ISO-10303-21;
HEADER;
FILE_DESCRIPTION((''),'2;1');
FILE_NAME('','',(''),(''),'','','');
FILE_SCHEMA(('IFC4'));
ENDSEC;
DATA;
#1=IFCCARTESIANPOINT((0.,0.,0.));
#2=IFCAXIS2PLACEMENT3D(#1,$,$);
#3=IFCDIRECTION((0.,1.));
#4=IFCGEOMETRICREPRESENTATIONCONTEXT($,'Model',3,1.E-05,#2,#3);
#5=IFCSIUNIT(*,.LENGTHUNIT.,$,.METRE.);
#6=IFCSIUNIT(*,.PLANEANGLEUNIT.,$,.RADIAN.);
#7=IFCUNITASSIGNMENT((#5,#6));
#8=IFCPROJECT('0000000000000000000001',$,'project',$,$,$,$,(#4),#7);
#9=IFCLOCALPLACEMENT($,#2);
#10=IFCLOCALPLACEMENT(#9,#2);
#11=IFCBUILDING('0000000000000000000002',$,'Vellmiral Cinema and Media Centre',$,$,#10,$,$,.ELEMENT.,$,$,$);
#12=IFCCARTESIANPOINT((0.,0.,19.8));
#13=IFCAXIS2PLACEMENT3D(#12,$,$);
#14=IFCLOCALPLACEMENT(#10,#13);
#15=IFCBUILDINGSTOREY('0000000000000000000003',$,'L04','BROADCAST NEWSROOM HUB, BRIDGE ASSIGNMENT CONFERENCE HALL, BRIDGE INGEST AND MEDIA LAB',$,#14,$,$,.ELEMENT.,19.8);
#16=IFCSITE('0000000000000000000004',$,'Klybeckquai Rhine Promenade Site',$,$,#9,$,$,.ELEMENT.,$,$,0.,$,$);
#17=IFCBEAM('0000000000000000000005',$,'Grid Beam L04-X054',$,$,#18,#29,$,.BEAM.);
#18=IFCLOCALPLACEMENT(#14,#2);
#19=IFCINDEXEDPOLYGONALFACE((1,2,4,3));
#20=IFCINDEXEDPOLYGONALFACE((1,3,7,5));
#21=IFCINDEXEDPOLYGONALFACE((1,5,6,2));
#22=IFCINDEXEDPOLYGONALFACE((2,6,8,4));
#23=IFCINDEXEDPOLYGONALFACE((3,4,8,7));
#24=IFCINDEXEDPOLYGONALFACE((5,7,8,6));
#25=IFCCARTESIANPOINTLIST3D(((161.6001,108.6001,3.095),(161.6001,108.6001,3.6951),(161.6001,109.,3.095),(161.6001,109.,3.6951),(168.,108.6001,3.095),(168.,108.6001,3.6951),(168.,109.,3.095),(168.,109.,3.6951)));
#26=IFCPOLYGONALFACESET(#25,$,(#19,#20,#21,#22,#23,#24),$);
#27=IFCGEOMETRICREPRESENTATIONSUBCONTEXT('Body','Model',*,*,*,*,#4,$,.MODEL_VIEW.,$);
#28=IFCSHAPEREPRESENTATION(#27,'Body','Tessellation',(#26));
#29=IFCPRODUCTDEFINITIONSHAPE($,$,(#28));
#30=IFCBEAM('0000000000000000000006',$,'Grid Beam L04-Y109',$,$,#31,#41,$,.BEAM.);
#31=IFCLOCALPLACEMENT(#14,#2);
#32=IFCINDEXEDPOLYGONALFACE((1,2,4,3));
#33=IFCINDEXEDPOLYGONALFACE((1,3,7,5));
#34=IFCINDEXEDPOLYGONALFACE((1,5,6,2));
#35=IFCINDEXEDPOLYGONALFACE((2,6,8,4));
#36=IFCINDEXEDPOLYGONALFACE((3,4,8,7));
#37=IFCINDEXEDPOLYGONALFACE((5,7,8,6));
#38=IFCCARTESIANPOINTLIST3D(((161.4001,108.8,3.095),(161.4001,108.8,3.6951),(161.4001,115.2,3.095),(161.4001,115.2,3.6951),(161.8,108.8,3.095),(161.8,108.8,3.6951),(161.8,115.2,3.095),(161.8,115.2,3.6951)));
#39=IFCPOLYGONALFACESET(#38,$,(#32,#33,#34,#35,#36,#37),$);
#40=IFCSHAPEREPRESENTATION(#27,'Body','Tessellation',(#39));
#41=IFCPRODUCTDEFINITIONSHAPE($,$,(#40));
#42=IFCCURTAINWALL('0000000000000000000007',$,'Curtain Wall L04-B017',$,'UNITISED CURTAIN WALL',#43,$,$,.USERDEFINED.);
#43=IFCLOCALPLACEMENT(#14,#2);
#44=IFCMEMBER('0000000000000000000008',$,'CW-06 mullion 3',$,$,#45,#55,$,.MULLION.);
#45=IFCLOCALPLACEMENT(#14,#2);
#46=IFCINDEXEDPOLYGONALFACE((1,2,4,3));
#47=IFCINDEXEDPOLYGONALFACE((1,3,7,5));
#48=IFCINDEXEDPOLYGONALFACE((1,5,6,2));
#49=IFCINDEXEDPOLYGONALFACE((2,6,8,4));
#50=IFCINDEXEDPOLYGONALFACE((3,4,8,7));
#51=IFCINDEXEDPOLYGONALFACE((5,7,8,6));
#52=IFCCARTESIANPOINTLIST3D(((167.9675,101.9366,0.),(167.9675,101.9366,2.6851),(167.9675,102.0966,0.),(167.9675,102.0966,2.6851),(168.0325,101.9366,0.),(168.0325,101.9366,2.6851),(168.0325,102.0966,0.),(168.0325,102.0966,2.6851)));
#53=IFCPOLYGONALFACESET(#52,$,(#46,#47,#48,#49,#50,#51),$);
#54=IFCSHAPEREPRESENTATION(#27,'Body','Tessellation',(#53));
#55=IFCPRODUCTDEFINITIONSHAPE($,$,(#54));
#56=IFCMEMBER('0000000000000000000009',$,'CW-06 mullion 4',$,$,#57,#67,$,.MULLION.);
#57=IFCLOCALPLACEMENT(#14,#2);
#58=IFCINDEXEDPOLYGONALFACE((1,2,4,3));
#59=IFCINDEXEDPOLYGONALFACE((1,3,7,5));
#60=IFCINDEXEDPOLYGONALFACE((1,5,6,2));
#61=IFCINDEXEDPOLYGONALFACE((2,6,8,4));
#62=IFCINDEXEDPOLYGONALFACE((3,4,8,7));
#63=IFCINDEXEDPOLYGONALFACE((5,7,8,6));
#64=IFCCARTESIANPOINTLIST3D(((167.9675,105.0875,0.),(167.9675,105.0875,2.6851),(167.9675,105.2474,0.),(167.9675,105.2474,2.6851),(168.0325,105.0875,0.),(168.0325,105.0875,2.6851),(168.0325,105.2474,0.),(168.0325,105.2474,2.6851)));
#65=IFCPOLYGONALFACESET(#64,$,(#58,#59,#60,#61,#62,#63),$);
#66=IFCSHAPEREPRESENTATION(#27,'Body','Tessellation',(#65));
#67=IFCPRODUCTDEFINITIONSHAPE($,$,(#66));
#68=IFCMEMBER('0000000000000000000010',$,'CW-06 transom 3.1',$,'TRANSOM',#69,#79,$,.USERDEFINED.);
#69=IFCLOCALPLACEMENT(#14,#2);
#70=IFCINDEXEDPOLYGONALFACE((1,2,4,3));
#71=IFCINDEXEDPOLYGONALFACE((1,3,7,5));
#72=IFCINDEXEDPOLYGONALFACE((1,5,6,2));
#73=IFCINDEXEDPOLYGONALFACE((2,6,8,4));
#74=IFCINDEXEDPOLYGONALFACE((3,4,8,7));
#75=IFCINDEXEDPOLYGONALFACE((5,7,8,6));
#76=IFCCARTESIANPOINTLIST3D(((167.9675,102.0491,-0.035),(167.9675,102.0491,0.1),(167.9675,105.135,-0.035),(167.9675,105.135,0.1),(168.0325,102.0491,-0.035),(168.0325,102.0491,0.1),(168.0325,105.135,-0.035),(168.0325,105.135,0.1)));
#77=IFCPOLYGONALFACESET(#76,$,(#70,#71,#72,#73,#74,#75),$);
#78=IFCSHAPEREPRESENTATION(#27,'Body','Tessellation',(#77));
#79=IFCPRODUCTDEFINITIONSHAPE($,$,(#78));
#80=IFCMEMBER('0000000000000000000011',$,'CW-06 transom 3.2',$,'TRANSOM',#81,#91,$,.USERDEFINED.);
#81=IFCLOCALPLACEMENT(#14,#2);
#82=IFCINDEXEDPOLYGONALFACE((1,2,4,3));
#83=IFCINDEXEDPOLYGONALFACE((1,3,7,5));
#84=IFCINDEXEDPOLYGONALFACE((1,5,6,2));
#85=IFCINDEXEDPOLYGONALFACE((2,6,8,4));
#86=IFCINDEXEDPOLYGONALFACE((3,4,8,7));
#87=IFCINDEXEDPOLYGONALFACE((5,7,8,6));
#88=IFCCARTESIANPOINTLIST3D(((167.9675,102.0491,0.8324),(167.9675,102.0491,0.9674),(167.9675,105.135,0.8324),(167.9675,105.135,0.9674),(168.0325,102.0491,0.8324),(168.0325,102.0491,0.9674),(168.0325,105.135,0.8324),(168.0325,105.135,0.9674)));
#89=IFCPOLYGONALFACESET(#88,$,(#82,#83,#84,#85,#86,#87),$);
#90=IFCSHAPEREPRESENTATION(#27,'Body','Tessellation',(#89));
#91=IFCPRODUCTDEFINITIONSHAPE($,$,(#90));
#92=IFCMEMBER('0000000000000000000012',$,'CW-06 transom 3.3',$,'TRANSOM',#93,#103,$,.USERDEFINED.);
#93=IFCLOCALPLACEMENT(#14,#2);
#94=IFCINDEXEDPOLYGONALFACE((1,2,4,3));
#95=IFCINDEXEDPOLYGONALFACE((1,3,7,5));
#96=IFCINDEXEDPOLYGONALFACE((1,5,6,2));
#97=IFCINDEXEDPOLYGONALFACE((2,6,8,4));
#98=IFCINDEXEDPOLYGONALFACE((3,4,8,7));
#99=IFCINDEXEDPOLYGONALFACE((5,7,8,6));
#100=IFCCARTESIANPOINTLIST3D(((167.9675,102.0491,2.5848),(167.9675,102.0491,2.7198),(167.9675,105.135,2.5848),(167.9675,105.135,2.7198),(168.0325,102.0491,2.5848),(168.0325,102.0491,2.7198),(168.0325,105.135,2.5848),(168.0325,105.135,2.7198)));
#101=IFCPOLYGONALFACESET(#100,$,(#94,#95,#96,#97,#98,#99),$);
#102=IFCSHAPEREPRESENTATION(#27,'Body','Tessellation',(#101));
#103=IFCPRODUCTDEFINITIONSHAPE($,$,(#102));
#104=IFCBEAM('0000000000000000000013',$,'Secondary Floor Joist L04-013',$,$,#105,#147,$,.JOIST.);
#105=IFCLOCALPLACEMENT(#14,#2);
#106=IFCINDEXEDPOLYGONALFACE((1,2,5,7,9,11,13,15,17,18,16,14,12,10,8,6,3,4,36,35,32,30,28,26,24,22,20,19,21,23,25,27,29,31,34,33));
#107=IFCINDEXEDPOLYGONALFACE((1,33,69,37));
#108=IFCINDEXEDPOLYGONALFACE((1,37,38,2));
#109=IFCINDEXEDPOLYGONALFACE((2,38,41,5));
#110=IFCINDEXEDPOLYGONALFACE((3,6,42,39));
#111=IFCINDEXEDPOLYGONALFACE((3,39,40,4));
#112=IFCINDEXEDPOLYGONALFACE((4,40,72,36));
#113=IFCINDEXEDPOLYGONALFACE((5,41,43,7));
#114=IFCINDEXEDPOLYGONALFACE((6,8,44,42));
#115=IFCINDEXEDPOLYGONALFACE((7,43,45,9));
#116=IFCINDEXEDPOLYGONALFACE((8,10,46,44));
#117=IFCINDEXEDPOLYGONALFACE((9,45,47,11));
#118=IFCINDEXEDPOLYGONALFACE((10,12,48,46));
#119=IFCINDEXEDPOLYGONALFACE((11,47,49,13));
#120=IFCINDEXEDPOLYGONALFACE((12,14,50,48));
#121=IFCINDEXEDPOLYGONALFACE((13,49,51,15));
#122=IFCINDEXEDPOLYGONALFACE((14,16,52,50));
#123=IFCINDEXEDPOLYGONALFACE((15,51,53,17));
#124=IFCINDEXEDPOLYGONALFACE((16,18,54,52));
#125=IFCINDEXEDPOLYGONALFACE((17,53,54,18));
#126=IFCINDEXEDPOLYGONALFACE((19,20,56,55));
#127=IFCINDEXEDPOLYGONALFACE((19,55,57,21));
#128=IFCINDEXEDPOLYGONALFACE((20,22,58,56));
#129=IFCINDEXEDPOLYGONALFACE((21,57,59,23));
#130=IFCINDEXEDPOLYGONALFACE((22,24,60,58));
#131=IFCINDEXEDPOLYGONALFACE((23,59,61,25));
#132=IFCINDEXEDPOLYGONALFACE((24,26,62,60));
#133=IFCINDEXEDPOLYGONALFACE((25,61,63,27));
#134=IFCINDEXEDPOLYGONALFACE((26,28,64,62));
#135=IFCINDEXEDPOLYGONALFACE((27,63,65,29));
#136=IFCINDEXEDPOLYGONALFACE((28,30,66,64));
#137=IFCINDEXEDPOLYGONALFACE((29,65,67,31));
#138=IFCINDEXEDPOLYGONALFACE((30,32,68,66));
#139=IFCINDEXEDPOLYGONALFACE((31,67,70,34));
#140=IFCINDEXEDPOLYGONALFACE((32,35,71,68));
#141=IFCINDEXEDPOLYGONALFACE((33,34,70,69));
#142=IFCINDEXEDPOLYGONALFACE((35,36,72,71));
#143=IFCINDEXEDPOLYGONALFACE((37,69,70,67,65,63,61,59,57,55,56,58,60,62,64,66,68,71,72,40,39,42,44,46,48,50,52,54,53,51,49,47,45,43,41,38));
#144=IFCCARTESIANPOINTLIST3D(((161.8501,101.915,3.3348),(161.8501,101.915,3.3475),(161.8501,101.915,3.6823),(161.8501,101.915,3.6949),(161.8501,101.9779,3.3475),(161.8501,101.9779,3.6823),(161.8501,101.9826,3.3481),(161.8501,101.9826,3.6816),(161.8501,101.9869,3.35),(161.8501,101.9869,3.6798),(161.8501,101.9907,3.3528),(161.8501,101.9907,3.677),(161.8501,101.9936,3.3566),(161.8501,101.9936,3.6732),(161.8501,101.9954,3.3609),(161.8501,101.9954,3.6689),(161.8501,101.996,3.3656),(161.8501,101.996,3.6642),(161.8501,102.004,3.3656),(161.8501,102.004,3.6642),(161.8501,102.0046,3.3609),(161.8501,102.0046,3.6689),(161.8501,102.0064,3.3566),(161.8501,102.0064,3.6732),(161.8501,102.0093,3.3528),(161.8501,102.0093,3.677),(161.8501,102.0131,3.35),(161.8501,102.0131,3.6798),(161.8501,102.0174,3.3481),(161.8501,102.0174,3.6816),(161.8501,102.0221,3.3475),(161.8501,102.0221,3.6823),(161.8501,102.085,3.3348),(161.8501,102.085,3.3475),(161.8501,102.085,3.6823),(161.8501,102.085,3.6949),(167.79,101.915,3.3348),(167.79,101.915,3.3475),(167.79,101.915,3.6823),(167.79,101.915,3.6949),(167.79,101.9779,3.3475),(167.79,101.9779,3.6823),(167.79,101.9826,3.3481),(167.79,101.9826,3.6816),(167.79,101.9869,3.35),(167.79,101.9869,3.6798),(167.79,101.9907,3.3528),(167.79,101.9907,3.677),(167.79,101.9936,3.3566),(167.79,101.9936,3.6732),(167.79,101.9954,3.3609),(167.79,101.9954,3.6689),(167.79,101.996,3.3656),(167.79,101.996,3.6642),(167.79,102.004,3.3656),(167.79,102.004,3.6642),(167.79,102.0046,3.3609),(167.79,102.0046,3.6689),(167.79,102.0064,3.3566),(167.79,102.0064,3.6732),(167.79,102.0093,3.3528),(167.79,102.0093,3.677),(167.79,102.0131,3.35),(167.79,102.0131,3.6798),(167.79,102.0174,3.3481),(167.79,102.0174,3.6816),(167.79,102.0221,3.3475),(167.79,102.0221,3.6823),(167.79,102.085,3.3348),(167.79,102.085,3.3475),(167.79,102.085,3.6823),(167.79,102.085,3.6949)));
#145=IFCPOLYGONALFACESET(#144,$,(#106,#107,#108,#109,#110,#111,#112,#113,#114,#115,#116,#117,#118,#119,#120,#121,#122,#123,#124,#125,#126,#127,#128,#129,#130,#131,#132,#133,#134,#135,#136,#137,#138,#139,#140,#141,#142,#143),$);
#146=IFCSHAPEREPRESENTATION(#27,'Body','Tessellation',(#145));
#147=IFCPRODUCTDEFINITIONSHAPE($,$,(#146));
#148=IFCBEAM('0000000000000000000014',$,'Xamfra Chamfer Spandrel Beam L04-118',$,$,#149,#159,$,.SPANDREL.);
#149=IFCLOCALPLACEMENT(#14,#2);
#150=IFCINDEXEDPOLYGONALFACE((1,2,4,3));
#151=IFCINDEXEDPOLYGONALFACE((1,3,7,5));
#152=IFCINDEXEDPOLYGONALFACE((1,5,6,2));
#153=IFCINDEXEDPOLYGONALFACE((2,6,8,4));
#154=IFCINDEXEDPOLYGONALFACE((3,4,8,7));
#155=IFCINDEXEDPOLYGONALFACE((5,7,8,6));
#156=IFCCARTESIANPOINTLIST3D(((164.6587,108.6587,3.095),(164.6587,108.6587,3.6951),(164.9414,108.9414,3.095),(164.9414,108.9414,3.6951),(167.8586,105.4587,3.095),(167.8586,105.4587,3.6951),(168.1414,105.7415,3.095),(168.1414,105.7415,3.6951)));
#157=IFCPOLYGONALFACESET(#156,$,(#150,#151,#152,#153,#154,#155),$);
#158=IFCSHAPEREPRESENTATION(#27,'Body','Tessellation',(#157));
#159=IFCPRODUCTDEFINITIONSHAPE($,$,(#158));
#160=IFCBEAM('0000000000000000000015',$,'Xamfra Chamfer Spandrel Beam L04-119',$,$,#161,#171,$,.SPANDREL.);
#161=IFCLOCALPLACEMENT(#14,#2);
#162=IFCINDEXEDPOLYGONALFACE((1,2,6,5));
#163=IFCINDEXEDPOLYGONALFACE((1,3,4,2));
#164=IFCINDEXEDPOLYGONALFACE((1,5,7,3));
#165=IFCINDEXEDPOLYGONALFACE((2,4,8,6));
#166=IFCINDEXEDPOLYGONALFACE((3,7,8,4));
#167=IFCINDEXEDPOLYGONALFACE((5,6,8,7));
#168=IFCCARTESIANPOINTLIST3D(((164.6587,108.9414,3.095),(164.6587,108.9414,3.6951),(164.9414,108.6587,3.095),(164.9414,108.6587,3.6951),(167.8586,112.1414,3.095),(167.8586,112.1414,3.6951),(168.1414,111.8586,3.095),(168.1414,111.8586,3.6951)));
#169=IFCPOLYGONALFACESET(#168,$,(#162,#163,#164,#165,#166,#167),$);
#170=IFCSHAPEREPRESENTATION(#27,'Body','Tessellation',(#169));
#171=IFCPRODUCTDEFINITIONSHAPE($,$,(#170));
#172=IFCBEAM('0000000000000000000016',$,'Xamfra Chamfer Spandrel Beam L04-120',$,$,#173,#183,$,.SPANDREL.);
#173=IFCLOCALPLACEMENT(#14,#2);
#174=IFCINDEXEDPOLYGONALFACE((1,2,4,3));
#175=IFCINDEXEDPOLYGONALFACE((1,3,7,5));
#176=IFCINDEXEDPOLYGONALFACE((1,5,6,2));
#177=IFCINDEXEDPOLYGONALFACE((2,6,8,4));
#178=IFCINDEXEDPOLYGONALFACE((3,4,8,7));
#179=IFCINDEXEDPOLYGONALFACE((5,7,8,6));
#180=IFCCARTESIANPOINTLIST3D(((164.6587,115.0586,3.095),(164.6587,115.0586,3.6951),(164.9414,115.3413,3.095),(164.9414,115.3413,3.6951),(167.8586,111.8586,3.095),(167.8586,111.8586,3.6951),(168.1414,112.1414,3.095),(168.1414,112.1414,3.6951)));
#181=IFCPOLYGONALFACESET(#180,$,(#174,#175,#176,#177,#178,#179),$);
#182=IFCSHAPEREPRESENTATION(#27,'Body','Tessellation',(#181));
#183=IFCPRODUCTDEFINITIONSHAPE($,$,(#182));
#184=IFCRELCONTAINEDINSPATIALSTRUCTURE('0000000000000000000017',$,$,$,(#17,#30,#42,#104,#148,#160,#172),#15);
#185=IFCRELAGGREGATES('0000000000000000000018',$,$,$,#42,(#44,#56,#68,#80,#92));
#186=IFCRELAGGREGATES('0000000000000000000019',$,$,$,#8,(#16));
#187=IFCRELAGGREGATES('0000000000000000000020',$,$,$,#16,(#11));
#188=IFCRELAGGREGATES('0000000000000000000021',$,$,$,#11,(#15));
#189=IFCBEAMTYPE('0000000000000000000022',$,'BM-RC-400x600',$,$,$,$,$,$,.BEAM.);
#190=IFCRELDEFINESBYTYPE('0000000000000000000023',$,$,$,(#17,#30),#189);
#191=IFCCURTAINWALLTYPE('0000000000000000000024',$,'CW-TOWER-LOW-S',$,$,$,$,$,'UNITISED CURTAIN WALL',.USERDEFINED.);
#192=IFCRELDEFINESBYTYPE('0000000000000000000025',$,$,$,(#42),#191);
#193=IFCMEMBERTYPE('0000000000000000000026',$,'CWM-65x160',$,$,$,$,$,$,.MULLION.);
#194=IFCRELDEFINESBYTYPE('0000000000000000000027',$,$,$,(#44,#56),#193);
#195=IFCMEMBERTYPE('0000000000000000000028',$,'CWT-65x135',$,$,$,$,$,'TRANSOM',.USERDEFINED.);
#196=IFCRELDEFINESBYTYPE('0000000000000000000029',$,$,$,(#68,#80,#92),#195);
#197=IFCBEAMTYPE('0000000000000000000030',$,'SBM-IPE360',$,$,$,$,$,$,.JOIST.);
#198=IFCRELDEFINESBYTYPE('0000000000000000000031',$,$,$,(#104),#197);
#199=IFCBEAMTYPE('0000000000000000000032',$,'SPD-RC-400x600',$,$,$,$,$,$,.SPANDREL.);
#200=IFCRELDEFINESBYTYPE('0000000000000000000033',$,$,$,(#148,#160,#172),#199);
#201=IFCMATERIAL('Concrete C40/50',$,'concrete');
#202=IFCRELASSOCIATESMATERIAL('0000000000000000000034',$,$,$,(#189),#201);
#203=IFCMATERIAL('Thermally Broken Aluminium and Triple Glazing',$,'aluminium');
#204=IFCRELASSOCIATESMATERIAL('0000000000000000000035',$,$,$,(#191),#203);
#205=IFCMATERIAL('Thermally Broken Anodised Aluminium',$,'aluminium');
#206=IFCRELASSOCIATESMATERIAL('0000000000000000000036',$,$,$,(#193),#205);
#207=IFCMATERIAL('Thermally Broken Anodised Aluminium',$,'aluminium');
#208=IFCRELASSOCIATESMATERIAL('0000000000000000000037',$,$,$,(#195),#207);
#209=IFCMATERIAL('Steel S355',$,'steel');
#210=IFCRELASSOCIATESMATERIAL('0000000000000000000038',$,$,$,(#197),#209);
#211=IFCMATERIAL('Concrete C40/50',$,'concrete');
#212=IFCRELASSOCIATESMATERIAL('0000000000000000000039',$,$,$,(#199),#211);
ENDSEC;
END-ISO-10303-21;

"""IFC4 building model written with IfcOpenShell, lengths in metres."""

from ifc_helpers import new_model, si_unit, direction, frame, origin, origin_2d, place, context, subcontext, project, spatial, rectangle, i_section, extrude, material, material_profile, profile_set, type_object, element, aggregate, save


model = new_model("IFC4")

# Units and contexts
model_context = context("Model", 3, precision=1e-05, world=origin(), true_north=direction((0.0, 1.0)))
body_context = subcontext(model_context, "Body", "Model", "MODEL_VIEW")
ifc_project = project(units=[si_unit("LENGTHUNIT", "METRE"), si_unit("PLANEANGLEUNIT", "RADIAN")], contexts=[model_context])

# Site, building, storey
site_placement = place(None, origin())
site = spatial("IfcSite", under=ifc_project, at=site_placement, Name="Klybeckquai Rhine Promenade Site", CompositionType="ELEMENT", RefElevation=0.0)
building_placement = place(site_placement, origin())
building = spatial("IfcBuilding", under=site, at=building_placement, Name="Vellmiral Cinema and Media Centre", CompositionType="ELEMENT")
storey_placement = place(building_placement, frame((0.0, 0.0, 19.8)))
storey = spatial("IfcBuildingStorey", under=building, at=storey_placement, Name="L04", Description="BROADCAST NEWSROOM HUB, BRIDGE ASSIGNMENT CONFERENCE HALL, BRIDGE INGEST AND MEDIA LAB", CompositionType="ELEMENT", Elevation=19.8)

# Beams
ifc_material_1 = material(Name="Concrete C40/50", Category="concrete")
ifc_material_profile_1 = material_profile(ifc_material_1, rectangle(XDim=0.3999, YDim=0.6001, at=origin_2d()), Name="RC 400x600")
ifc_profile_set_1 = profile_set([ifc_material_profile_1], Name="Concrete C40/50")
beam_type_1 = type_object("IfcBeamType", Name="BM-RC-400x600", PredefinedType="BEAM", material=ifc_profile_set_1)
for number, where, z_axis, x_axis, name in (
    (1, (161.6001, 108.8, 3.395), (1.0, 0.0, 0.0), (0.0, 1.0, 0.0), "Grid Beam L04-X054"),
    (2, (161.6001, 108.8, 3.395), (0.0, 1.0, 0.0), (-1.0, 0.0, 0.0), "Grid Beam L04-Y109"),
):
    element("IfcBeam", number, at=place(storey_placement, frame(where, z_axis=z_axis, x_axis=x_axis)), inside=storey, type_object=beam_type_1, Name=name, PredefinedType="BEAM", context=body_context, shape_type="SweptSolid", body=[
        extrude(rectangle(XDim=0.3999, YDim=0.6001, at=origin_2d()), origin(), (0.0, 0.0, 1.0), 6.3999),
    ])

# Curtain wall, members
ifc_material_2 = material(Name="Thermally Broken Aluminium and Triple Glazing", Category="aluminium")
curtain_wall_type = type_object("IfcCurtainWallType", Name="CW-TOWER-LOW-S", ElementType="UNITISED CURTAIN WALL", PredefinedType="USERDEFINED", material=ifc_material_2)
curtain_wall_placement = place(storey_placement, origin())
curtain_wall = element("IfcCurtainWall", 3, at=curtain_wall_placement, inside=storey, type_object=curtain_wall_type, Name="Curtain Wall L04-B017", ObjectType="UNITISED CURTAIN WALL", PredefinedType="USERDEFINED")
ifc_material_3 = material(Name="Thermally Broken Anodised Aluminium", Category="aluminium")
ifc_material_profile_2 = material_profile(ifc_material_3, rectangle(XDim=0.0649, YDim=0.1599, at=origin_2d()), Name="MULL 65x160")
ifc_profile_set_2 = profile_set([ifc_material_profile_2], Name="Thermally Broken Anodised Aluminium")
member_type_1 = type_object("IfcMemberType", Name="CWM-65x160", PredefinedType="MULLION", material=ifc_profile_set_2)
member_1_placement = place(storey_placement, frame((168.0, 102.0166, 0.0), z_axis=(0.0, 0.0, 1.0), x_axis=(-1.0, 0.0, 0.0)))
member_1 = element("IfcMember", 4, at=member_1_placement, type_object=member_type_1, Name="CW-06 mullion 3", PredefinedType="MULLION", context=body_context, shape_type="SweptSolid", body=[
    extrude(rectangle(XDim=0.0649, YDim=0.1599, at=origin_2d()), origin(), (0.0, 0.0, 1.0), 2.6851),
])
member_2_placement = place(storey_placement, frame((168.0, 105.1675, 0.0), z_axis=(0.0, 0.0, 1.0), x_axis=(-1.0, 0.0, 0.0)))
member_2 = element("IfcMember", 5, at=member_2_placement, type_object=member_type_1, Name="CW-06 mullion 4", PredefinedType="MULLION", context=body_context, shape_type="SweptSolid", body=[
    extrude(rectangle(XDim=0.0649, YDim=0.1599, at=origin_2d()), origin(), (0.0, 0.0, 1.0), 2.6851),
])
ifc_material_4 = material(Name="Thermally Broken Anodised Aluminium", Category="aluminium")
ifc_material_profile_3 = material_profile(ifc_material_4, rectangle(XDim=0.0649, YDim=0.135, at=origin_2d()), Name="MULL 65x135")
ifc_profile_set_3 = profile_set([ifc_material_profile_3], Name="Thermally Broken Anodised Aluminium")
member_type_2 = type_object("IfcMemberType", Name="CWT-65x135", ElementType="TRANSOM", PredefinedType="USERDEFINED", material=ifc_profile_set_3)
member_3_placement = place(storey_placement, frame((168.0, 102.0491, 0.0325), z_axis=(0.0, 1.0, 0.0), x_axis=(-1.0, 0.0, 0.0)))
member_3 = element("IfcMember", 6, at=member_3_placement, type_object=member_type_2, Name="CW-06 transom 3.1", ObjectType="TRANSOM", PredefinedType="USERDEFINED", context=body_context, shape_type="SweptSolid", body=[
    extrude(rectangle(XDim=0.0649, YDim=0.135, at=origin_2d()), origin(), (0.0, 0.0, 1.0), 3.0859),
])
member_4_placement = place(storey_placement, frame((168.0, 102.0491, 0.8999), z_axis=(0.0, 1.0, 0.0), x_axis=(-1.0, 0.0, 0.0)))
member_4 = element("IfcMember", 7, at=member_4_placement, type_object=member_type_2, Name="CW-06 transom 3.2", ObjectType="TRANSOM", PredefinedType="USERDEFINED", context=body_context, shape_type="SweptSolid", body=[
    extrude(rectangle(XDim=0.0649, YDim=0.135, at=origin_2d()), origin(), (0.0, 0.0, 1.0), 3.0859),
])
member_5_placement = place(storey_placement, frame((168.0, 102.0491, 2.6523), z_axis=(0.0, 1.0, 0.0), x_axis=(-1.0, 0.0, 0.0)))
member_5 = element("IfcMember", 8, at=member_5_placement, type_object=member_type_2, Name="CW-06 transom 3.3", ObjectType="TRANSOM", PredefinedType="USERDEFINED", context=body_context, shape_type="SweptSolid", body=[
    extrude(rectangle(XDim=0.0649, YDim=0.135, at=origin_2d()), origin(), (0.0, 0.0, 1.0), 3.0859),
])

# Beams
ifc_material_5 = material(Name="Steel S355", Category="steel")
ifc_material_profile_4 = material_profile(ifc_material_5, i_section(OverallWidth=0.1699, OverallDepth=0.3601, WebThickness=0.0081, FlangeThickness=0.0127, FilletRadius=0.0181, at=origin_2d()), Name="IPE 360")
ifc_profile_set_4 = profile_set([ifc_material_profile_4], Name="Steel S355")
beam_type_2 = type_object("IfcBeamType", Name="SBM-IPE360", PredefinedType="JOIST", material=ifc_profile_set_4)
beam_placement = place(storey_placement, frame((161.8501, 102.0, 3.5149), z_axis=(1.0, 0.0, 0.0), x_axis=(0.0, 1.0, 0.0)))
element("IfcBeam", 9, at=beam_placement, inside=storey, type_object=beam_type_2, Name="Secondary Floor Joist L04-013", PredefinedType="JOIST", context=body_context, shape_type="SweptSolid", body=[
    extrude(i_section(OverallWidth=0.1699, OverallDepth=0.3601, WebThickness=0.0081, FlangeThickness=0.0127, FilletRadius=0.0181, at=origin_2d()), origin(), (0.0, 0.0, 1.0), 5.9399),
])
ifc_material_6 = material(Name="Concrete C40/50", Category="concrete")
ifc_material_profile_5 = material_profile(ifc_material_6, rectangle(XDim=0.3999, YDim=0.6001, at=origin_2d()), Name="RC 400x600")
ifc_profile_set_5 = profile_set([ifc_material_profile_5], Name="Concrete C40/50")
beam_type_3 = type_object("IfcBeamType", Name="SPD-RC-400x600", PredefinedType="SPANDREL", material=ifc_profile_set_5)
for number, where, z_axis, x_axis, name in (
    (10, (164.8, 108.8, 3.395), (0.707107, -0.707107, 0.0), (0.707107, 0.707107, 0.0), "Xamfra Chamfer Spandrel Beam L04-118"),
    (11, (164.8, 108.8, 3.395), (0.707107, 0.707107, 0.0), (-0.707107, 0.707107, 0.0), "Xamfra Chamfer Spandrel Beam L04-119"),
    (12, (164.8, 115.2, 3.395), (0.707107, -0.707107, 0.0), (0.707107, 0.707107, 0.0), "Xamfra Chamfer Spandrel Beam L04-120"),
):
    element("IfcBeam", number, at=place(storey_placement, frame(where, z_axis=z_axis, x_axis=x_axis)), inside=storey, type_object=beam_type_3, Name=name, PredefinedType="SPANDREL", context=body_context, shape_type="SweptSolid", body=[
        extrude(rectangle(XDim=0.3999, YDim=0.6001, at=origin_2d()), origin(), (0.0, 0.0, 1.0), 4.5254),
    ])

aggregate(curtain_wall, [member_1, member_2, member_3, member_4, member_5])

save(model, "model.ifc")
